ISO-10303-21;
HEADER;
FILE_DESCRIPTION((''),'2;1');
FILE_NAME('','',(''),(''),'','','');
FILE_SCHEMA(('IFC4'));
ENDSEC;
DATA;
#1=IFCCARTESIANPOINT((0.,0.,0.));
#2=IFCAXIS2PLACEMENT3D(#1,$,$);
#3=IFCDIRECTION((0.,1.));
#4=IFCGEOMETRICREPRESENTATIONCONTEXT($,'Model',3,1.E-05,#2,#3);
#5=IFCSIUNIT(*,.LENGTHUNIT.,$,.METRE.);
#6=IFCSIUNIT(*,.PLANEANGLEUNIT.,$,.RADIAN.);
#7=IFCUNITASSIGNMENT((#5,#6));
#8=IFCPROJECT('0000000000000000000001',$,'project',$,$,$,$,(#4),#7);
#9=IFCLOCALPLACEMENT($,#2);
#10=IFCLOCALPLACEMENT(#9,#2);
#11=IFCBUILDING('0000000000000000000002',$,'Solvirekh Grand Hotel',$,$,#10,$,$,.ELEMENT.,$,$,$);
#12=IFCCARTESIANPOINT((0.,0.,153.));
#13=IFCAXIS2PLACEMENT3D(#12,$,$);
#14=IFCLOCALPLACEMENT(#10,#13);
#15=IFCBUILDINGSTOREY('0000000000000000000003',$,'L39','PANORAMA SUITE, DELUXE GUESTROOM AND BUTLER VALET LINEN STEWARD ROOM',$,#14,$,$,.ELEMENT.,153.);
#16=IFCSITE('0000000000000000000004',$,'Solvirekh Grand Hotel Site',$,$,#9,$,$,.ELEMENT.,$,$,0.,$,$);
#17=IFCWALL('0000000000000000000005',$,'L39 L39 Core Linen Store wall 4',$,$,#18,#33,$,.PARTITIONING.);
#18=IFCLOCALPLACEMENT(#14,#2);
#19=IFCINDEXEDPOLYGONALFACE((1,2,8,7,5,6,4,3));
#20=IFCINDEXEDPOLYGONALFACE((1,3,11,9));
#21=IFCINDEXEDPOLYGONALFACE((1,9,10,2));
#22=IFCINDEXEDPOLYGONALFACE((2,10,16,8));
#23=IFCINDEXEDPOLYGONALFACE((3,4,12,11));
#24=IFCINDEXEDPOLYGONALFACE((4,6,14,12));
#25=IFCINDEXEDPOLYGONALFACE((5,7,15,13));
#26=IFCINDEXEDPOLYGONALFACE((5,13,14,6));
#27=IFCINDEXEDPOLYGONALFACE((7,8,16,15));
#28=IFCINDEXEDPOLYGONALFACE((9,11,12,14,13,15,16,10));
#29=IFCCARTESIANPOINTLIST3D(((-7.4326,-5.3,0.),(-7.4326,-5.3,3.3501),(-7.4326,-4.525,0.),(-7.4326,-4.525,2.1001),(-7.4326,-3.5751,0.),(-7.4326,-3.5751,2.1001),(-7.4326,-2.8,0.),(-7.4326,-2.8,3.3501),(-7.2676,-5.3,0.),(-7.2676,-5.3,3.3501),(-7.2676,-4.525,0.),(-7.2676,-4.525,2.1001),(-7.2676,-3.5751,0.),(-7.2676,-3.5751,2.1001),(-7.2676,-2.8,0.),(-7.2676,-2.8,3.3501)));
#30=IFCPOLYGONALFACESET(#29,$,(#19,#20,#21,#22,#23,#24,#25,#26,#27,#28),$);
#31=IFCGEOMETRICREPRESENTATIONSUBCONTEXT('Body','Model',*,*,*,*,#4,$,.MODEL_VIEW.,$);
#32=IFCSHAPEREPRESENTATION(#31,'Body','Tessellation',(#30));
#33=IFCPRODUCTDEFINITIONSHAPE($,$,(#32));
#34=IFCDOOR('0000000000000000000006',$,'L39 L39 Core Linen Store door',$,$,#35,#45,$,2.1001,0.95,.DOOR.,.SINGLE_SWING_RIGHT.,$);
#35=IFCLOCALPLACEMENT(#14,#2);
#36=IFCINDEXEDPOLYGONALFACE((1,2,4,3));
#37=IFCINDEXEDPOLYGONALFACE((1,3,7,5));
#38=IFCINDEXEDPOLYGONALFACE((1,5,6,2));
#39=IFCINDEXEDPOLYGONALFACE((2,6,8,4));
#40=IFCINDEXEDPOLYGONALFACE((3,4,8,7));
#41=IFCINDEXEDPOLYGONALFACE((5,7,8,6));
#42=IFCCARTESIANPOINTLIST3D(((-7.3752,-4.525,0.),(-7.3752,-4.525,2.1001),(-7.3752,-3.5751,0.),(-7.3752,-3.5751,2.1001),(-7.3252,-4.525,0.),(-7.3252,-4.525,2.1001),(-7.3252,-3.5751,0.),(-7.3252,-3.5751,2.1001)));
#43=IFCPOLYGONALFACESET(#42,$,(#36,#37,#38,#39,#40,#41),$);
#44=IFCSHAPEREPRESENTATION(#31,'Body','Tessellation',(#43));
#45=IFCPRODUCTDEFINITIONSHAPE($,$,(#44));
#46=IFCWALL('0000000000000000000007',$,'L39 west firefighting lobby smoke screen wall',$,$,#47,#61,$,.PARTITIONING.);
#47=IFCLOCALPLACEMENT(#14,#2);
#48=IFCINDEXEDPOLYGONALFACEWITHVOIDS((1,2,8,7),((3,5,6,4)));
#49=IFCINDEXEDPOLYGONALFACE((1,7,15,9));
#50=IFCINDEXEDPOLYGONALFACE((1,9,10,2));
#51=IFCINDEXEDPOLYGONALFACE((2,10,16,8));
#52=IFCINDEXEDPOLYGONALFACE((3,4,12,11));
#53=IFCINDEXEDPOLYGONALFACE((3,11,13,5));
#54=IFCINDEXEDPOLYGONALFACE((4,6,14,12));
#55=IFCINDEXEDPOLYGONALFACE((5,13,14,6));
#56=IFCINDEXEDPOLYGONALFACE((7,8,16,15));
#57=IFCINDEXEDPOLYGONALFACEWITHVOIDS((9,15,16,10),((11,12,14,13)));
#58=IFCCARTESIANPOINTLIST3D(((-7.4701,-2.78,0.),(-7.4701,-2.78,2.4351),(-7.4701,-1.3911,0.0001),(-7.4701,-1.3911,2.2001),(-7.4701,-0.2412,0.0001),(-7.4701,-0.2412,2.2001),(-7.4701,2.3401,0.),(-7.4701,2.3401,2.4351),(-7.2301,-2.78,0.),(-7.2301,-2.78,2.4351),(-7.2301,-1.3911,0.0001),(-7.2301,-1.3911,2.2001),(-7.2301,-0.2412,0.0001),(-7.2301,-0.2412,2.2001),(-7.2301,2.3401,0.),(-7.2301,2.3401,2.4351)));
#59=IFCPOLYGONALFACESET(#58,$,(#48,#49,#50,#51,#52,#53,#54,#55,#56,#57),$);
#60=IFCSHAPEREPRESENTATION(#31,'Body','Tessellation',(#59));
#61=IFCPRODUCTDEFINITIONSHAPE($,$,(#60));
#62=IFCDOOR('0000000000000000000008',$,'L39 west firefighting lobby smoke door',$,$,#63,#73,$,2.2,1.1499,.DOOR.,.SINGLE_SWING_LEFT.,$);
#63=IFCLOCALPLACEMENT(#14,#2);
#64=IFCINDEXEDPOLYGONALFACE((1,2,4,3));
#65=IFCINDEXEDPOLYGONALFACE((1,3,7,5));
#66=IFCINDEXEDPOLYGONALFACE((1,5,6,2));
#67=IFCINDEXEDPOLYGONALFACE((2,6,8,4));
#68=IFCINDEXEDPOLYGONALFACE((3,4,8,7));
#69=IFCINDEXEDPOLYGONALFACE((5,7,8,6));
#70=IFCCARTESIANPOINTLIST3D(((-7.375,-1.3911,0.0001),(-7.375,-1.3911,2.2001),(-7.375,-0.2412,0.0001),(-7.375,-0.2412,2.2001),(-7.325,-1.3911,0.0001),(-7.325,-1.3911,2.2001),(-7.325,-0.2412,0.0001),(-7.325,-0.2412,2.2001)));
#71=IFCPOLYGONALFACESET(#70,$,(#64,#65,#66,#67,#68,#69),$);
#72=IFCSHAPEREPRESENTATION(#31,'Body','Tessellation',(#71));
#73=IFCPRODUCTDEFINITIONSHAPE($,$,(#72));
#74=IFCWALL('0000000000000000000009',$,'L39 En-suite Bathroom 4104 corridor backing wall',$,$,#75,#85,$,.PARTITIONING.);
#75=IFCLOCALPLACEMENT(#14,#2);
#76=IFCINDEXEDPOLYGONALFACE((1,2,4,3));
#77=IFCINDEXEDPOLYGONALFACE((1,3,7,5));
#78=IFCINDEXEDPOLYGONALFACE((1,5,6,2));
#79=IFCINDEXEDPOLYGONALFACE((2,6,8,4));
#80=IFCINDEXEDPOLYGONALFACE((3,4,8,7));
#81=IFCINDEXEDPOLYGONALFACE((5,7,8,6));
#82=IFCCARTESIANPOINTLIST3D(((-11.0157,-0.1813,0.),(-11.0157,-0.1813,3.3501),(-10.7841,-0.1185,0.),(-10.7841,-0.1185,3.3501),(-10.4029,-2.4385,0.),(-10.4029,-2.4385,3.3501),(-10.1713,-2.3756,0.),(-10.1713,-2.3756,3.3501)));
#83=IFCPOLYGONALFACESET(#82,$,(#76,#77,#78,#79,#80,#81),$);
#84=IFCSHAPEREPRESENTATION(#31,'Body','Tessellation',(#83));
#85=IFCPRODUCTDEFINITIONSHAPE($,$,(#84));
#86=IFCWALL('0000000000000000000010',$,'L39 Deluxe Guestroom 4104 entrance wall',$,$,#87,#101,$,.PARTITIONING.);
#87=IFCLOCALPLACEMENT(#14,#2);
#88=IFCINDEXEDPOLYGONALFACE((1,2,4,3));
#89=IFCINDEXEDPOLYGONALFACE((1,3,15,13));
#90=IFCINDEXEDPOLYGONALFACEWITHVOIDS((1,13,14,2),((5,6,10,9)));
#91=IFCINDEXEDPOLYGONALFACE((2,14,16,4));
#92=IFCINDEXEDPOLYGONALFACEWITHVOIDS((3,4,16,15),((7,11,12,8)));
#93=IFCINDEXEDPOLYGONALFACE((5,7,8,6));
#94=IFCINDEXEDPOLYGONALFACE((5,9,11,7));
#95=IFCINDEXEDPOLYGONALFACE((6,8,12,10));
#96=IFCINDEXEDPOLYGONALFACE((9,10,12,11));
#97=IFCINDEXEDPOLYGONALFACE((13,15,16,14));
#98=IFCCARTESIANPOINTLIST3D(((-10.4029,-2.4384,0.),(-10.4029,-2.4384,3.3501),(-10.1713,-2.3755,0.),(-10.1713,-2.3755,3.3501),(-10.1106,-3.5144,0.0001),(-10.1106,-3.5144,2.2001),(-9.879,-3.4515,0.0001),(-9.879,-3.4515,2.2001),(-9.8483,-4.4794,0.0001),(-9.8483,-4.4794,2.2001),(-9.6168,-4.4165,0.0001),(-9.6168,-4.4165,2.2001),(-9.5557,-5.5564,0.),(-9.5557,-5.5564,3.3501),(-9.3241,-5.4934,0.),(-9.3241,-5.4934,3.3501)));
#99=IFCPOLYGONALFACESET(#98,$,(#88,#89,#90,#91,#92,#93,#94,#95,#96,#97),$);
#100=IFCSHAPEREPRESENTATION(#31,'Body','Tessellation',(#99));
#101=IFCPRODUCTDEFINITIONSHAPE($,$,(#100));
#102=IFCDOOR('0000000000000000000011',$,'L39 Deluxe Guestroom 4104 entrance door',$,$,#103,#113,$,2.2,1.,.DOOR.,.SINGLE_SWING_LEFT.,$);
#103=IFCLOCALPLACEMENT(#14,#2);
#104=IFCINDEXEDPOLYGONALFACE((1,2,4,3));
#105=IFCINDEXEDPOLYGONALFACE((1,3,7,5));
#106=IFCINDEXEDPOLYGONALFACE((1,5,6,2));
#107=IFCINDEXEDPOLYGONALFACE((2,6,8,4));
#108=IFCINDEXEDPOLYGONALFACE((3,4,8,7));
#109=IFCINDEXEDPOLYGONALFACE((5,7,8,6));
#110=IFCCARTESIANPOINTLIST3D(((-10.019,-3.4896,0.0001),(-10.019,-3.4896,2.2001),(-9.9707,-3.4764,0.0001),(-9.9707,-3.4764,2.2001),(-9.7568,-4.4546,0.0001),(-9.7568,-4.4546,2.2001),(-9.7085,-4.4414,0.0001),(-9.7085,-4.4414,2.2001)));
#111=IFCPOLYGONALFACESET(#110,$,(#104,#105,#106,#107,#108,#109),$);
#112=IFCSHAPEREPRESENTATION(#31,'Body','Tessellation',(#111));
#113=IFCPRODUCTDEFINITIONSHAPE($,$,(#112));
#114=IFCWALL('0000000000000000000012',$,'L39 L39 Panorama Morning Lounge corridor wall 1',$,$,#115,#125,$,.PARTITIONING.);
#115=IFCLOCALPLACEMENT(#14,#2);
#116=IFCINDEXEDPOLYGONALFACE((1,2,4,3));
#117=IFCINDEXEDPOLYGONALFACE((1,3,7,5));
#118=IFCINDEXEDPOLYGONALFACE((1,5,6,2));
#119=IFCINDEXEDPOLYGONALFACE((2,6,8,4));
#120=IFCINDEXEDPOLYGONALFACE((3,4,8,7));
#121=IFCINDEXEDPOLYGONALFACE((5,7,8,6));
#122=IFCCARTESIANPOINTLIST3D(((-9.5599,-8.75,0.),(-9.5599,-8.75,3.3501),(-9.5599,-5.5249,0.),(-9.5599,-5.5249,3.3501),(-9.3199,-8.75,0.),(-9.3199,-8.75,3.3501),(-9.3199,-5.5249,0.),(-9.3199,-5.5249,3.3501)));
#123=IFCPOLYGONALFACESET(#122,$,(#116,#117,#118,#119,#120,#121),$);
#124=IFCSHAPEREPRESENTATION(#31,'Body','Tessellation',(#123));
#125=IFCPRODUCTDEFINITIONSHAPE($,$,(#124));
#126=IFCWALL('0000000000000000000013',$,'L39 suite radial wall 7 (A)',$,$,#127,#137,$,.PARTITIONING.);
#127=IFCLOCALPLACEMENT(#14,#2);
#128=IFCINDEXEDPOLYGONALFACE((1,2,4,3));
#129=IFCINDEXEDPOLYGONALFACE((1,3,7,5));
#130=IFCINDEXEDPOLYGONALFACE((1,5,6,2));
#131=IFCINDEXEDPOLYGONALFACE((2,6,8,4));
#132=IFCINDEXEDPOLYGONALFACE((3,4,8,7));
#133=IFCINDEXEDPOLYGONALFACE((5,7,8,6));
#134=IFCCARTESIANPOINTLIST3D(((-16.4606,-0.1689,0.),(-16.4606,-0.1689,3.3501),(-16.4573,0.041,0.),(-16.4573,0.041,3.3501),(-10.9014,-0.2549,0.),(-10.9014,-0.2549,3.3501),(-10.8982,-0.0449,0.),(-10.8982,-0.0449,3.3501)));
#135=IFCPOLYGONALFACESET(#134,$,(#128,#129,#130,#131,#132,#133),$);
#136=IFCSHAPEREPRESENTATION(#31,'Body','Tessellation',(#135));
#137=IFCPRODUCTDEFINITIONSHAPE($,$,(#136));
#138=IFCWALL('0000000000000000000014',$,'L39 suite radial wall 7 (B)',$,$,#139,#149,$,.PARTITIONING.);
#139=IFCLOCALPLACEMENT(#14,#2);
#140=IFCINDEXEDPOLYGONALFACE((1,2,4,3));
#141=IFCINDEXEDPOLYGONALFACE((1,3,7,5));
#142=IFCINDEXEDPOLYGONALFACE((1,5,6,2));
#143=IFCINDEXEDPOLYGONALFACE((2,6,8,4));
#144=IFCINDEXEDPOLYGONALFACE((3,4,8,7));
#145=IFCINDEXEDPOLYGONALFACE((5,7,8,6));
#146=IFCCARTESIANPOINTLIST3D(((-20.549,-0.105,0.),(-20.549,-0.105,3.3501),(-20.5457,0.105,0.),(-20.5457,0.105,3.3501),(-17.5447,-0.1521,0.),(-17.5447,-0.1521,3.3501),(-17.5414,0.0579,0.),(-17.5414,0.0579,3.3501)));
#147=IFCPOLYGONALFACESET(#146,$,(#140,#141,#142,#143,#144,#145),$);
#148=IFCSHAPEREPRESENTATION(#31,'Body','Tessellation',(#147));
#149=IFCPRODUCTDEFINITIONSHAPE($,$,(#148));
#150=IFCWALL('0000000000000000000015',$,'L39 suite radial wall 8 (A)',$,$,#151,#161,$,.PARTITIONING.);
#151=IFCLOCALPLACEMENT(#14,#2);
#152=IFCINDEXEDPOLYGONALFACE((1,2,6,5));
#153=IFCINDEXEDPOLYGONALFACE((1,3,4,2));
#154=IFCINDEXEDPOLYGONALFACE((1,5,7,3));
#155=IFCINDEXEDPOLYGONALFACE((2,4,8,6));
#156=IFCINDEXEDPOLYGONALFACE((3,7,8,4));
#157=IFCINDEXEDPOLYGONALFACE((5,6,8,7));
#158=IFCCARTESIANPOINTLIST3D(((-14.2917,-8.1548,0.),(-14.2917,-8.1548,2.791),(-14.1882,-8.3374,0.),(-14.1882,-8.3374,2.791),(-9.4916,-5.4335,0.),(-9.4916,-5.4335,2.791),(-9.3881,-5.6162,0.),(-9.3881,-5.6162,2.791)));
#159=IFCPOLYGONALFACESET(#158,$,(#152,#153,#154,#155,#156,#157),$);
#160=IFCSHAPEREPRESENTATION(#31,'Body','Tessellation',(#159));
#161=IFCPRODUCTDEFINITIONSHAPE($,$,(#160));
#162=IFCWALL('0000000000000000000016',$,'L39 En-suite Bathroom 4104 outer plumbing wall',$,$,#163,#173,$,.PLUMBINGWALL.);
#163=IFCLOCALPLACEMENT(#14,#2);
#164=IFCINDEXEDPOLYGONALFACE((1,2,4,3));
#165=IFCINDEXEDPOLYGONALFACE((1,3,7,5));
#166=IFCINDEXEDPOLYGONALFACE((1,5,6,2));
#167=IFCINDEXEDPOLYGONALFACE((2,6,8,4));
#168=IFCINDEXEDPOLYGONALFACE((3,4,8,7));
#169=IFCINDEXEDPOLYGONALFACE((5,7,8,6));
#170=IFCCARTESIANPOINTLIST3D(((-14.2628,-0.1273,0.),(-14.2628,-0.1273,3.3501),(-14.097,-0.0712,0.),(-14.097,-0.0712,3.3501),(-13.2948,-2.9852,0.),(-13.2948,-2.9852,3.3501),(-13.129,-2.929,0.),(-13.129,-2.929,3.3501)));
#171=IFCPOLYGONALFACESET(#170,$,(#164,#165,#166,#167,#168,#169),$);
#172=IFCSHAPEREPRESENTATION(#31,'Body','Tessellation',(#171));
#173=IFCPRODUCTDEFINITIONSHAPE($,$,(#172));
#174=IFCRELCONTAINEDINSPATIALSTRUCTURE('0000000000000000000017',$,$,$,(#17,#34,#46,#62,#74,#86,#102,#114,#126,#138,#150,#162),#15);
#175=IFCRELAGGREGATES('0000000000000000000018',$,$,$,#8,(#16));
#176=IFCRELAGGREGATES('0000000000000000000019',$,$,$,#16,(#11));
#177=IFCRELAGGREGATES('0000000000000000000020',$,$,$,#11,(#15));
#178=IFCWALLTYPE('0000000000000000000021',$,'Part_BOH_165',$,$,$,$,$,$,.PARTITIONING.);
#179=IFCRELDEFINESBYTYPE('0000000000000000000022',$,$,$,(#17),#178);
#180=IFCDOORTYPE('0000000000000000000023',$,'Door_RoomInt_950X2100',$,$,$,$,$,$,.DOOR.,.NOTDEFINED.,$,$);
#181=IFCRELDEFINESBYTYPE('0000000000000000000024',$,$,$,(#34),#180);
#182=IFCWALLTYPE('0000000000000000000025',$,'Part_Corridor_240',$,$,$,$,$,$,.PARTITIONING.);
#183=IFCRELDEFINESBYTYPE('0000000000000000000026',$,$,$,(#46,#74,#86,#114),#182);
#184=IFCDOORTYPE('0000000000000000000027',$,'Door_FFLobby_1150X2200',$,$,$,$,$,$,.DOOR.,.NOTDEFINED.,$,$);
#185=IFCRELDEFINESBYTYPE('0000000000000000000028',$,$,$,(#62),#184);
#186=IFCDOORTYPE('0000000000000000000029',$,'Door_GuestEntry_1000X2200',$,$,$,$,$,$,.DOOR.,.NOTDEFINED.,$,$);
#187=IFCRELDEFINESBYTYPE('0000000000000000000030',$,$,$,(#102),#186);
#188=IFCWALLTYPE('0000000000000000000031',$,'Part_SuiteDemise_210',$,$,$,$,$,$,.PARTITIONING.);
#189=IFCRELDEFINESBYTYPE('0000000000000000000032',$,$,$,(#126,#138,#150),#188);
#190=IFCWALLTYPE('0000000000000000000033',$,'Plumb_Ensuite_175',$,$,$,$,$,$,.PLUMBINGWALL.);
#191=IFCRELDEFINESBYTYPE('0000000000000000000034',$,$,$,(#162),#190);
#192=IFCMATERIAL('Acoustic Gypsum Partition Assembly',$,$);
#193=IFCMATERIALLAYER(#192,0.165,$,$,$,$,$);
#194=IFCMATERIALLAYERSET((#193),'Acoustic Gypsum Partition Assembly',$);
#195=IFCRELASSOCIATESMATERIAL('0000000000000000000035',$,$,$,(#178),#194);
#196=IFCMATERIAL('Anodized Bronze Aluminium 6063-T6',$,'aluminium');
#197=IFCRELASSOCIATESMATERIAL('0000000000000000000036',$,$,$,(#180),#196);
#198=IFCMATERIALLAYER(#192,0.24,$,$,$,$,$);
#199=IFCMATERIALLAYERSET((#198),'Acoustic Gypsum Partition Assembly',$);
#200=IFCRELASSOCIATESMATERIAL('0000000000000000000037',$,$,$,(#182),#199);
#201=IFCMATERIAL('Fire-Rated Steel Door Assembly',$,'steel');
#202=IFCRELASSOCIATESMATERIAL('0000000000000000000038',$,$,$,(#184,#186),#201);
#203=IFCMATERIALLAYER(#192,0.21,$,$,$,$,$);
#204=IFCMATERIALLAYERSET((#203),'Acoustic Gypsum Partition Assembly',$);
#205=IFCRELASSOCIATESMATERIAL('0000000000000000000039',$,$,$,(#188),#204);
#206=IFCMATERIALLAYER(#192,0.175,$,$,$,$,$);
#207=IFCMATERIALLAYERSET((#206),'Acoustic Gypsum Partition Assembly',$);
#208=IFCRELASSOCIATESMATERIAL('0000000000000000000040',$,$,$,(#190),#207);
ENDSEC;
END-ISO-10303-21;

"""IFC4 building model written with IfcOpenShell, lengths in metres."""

from ifc_helpers import new_model, si_unit, direction, frame, frame_2d, origin, place, context, subcontext, project, spatial, rectangle, extrude, material, layer, layer_set, type_object, element, fill, save


model = new_model("IFC4")

# Units and contexts
model_context = context("Model", 3, precision=1e-05, world=origin(), true_north=direction((0.0, 1.0)))
body_context = subcontext(model_context, "Body", "Model", "MODEL_VIEW")
ifc_project = project(units=[si_unit("LENGTHUNIT", "METRE"), si_unit("PLANEANGLEUNIT", "RADIAN")], contexts=[model_context])

# Site, building, storey
site_placement = place(None, origin())
site = spatial("IfcSite", under=ifc_project, at=site_placement, Name="Solvirekh Grand Hotel Site", CompositionType="ELEMENT", RefElevation=0.0)
building_placement = place(site_placement, origin())
building = spatial("IfcBuilding", under=site, at=building_placement, Name="Solvirekh Grand Hotel", CompositionType="ELEMENT")
storey_placement = place(building_placement, frame((0.0, 0.0, 153.0)))
storey = spatial("IfcBuildingStorey", under=building, at=storey_placement, Name="L39", Description="PANORAMA SUITE, DELUXE GUESTROOM AND BUTLER VALET LINEN STEWARD ROOM", CompositionType="ELEMENT", Elevation=153.0)

# Shared definitions
ifc_material_1 = material(Name="Anodized Bronze Aluminium 6063-T6", Category="aluminium")

# Shared definitions
ifc_material_2 = material(Name="Acoustic Gypsum Partition Assembly")
ifc_layer_1 = layer(ifc_material_2, 0.165)
ifc_layer_set_1 = layer_set([ifc_layer_1], Name="Acoustic Gypsum Partition Assembly")
wall_type_1 = type_object("IfcWallType", Name="Part_BOH_165", PredefinedType="PARTITIONING", material=ifc_layer_set_1)

# Walls, openings, doors
wall_1_placement = place(storey_placement, frame((-7.3501, -2.8, 0.0), z_axis=(0.0, 0.0, 1.0), x_axis=(0.0, -1.0, 0.0)))
wall_1 = element("IfcWall", 1, at=wall_1_placement, inside=storey, type_object=wall_type_1, Name="L39 L39 Core Linen Store wall 4", PredefinedType="PARTITIONING", context=body_context, shape_type="SweptSolid", body=[
    extrude(rectangle(XDim=2.5, YDim=0.165, at=frame_2d((1.25, 0.0))), origin(), (0.0, 0.0, 1.0), 3.3501),
])
opening_1_placement = place(wall_1_placement, frame((0.7749, 0.0, 0.0)))
opening_1 = element("IfcOpeningElement", 2, at=opening_1_placement, cuts=wall_1, PredefinedType="OPENING", context=body_context, shape_type="SweptSolid", body=[
    extrude(rectangle(XDim=0.95, YDim=2.1001, at=frame_2d((0.4751, 1.05))), frame((0.0, 0.0925, 0.0), z_axis=(0.0, -1.0, 0.0), x_axis=(1.0, 0.0, 0.0)), (0.0, 0.0, 1.0), 0.1851),
])
door_type_1 = type_object("IfcDoorType", Name="Door_RoomInt_950X2100", OperationType="NOTDEFINED", PredefinedType="DOOR", material=ifc_material_1)
door_1_placement = place(opening_1_placement, origin())
door_1 = element("IfcDoor", 3, at=door_1_placement, inside=storey, type_object=door_type_1, Name="L39 L39 Core Linen Store door", OperationType="SINGLE_SWING_RIGHT", OverallHeight=2.1001, OverallWidth=0.95, PredefinedType="DOOR", context=body_context, shape_type="SweptSolid", body=[
    extrude(rectangle(XDim=0.95, YDim=2.1001, at=frame_2d((0.4751, 1.05))), frame((0.0, 0.0249, 0.0), z_axis=(0.0, -1.0, 0.0), x_axis=(1.0, 0.0, 0.0)), (0.0, 0.0, 1.0), 0.05),
])
fill(opening_1, door_1)
ifc_layer_2 = layer(ifc_material_2, 0.24)
ifc_layer_set_2 = layer_set([ifc_layer_2], Name="Acoustic Gypsum Partition Assembly")
wall_type_2 = type_object("IfcWallType", Name="Part_Corridor_240", PredefinedType="PARTITIONING", material=ifc_layer_set_2)
wall_2_placement = place(storey_placement, frame((-7.3501, -2.78, 0.0), z_axis=(0.0, 0.0, 1.0), x_axis=(0.0, 1.0, 0.0)))
wall_2 = element("IfcWall", 4, at=wall_2_placement, inside=storey, type_object=wall_type_2, Name="L39 west firefighting lobby smoke screen wall", PredefinedType="PARTITIONING", context=body_context, shape_type="SweptSolid", body=[
    extrude(rectangle(XDim=5.1201, YDim=0.24, at=frame_2d((2.5601, 0.0))), origin(), (0.0, 0.0, 1.0), 2.4351),
])
opening_2_placement = place(wall_2_placement, frame((1.3889, 0.0, 0.0)))
opening_2 = element("IfcOpeningElement", 5, at=opening_2_placement, cuts=wall_2, PredefinedType="OPENING", context=body_context, shape_type="SweptSolid", body=[
    extrude(rectangle(XDim=1.1499, YDim=2.2, at=frame_2d((0.575, 1.1001))), frame((0.0, 0.1299, 0.0), z_axis=(0.0, -1.0, 0.0), x_axis=(1.0, 0.0, 0.0)), (0.0, 0.0, 1.0), 0.26),
])
ifc_material_3 = material(Name="Fire-Rated Steel Door Assembly", Category="steel")
door_type_2 = type_object("IfcDoorType", Name="Door_FFLobby_1150X2200", OperationType="NOTDEFINED", PredefinedType="DOOR", material=ifc_material_3)
door_2_placement = place(opening_2_placement, origin())
door_2 = element("IfcDoor", 6, at=door_2_placement, inside=storey, type_object=door_type_2, Name="L39 west firefighting lobby smoke door", OperationType="SINGLE_SWING_LEFT", OverallHeight=2.2, OverallWidth=1.1499, PredefinedType="DOOR", context=body_context, shape_type="SweptSolid", body=[
    extrude(rectangle(XDim=1.1499, YDim=2.2, at=frame_2d((0.575, 1.1001))), frame((0.0, 0.0249, 0.0), z_axis=(0.0, -1.0, 0.0), x_axis=(1.0, 0.0, 0.0)), (0.0, 0.0, 1.0), 0.05),
])
fill(opening_2, door_2)

# Wall
wall_3_placement = place(storey_placement, frame((-10.8999, -0.1499, 0.0), z_axis=(0.0, 0.0, 1.0), x_axis=(0.262013, -0.965064, 0.0)))
element("IfcWall", 7, at=wall_3_placement, inside=storey, type_object=wall_type_2, Name="L39 En-suite Bathroom 4104 corridor backing wall", PredefinedType="PARTITIONING", context=body_context, shape_type="SweptSolid", body=[
    extrude(rectangle(XDim=2.3389, YDim=0.24, at=frame_2d((1.1694, 0.0))), origin(), (0.0, 0.0, 1.0), 3.3501),
])

# Wall, opening, door
wall_4_placement = place(storey_placement, frame((-10.2871, -2.407, 0.0), z_axis=(0.0, 0.0, 1.0), x_axis=(0.262203, -0.965013, 0.0)))
wall_4 = element("IfcWall", 8, at=wall_4_placement, inside=storey, type_object=wall_type_2, Name="L39 Deluxe Guestroom 4104 entrance wall", PredefinedType="PARTITIONING", context=body_context, shape_type="SweptSolid", body=[
    extrude(rectangle(XDim=3.231, YDim=0.24, at=frame_2d((1.6155, 0.0))), origin(), (0.0, 0.0, 1.0), 3.3501),
])
opening_3_placement = place(wall_4_placement, frame((1.115, 0.0, 0.0)))
opening_3 = element("IfcOpeningElement", 9, at=opening_3_placement, cuts=wall_4, PredefinedType="OPENING", context=body_context, shape_type="SweptSolid", body=[
    extrude(rectangle(XDim=1.0, YDim=2.2, at=frame_2d((0.5, 1.1001))), frame((0.0, 0.1299, 0.0), z_axis=(0.0, -1.0, 0.0), x_axis=(1.0, 0.0, 0.0)), (0.0, 0.0, 1.0), 0.26),
])
door_type_3 = type_object("IfcDoorType", Name="Door_GuestEntry_1000X2200", OperationType="NOTDEFINED", PredefinedType="DOOR", material=ifc_material_3)
door_3_placement = place(opening_3_placement, origin())
door_3 = element("IfcDoor", 10, at=door_3_placement, inside=storey, type_object=door_type_3, Name="L39 Deluxe Guestroom 4104 entrance door", OperationType="SINGLE_SWING_LEFT", OverallHeight=2.2, OverallWidth=1.0, PredefinedType="DOOR", context=body_context, shape_type="SweptSolid", body=[
    extrude(rectangle(XDim=1.0, YDim=2.2, at=frame_2d((0.5, 1.1001))), frame((0.0, 0.0249, 0.0), z_axis=(0.0, -1.0, 0.0), x_axis=(1.0, 0.0, 0.0)), (0.0, 0.0, 1.0), 0.05),
])
fill(opening_3, door_3)

# Walls
wall_5_placement = place(storey_placement, frame((-9.4399, -5.5249, 0.0), z_axis=(0.0, 0.0, 1.0), x_axis=(0.0, -1.0, 0.0)))
element("IfcWall", 11, at=wall_5_placement, inside=storey, type_object=wall_type_2, Name="L39 L39 Panorama Morning Lounge corridor wall 1", PredefinedType="PARTITIONING", context=body_context, shape_type="SweptSolid", body=[
    extrude(rectangle(XDim=3.2251, YDim=0.24, at=frame_2d((1.6125, 0.0))), origin(), (0.0, 0.0, 1.0), 3.3501),
])
ifc_layer_3 = layer(ifc_material_2, 0.21)
ifc_layer_set_3 = layer_set([ifc_layer_3], Name="Acoustic Gypsum Partition Assembly")
wall_type_3 = type_object("IfcWallType", Name="Part_SuiteDemise_210", PredefinedType="PARTITIONING", material=ifc_layer_set_3)
wall_6_placement = place(storey_placement, frame((-10.8999, -0.1499, 0.0), z_axis=(0.0, 0.0, 1.0), x_axis=(-0.999881, 0.015457, 0.0)))
element("IfcWall", 12, at=wall_6_placement, inside=storey, type_object=wall_type_3, Name="L39 suite radial wall 7 (A)", PredefinedType="PARTITIONING", context=body_context, shape_type="SweptSolid", body=[
    extrude(rectangle(XDim=5.5598, YDim=0.21, at=frame_2d((2.7798, 0.0))), origin(), (0.0, 0.0, 1.0), 3.3501),
])
wall_7_placement = place(storey_placement, frame((-17.543, -0.0471, 0.0), z_axis=(0.0, 0.0, 1.0), x_axis=(-0.999877, 0.015683, 0.0)))
element("IfcWall", 13, at=wall_7_placement, inside=storey, type_object=wall_type_3, Name="L39 suite radial wall 7 (B)", PredefinedType="PARTITIONING", context=body_context, shape_type="SweptSolid", body=[
    extrude(rectangle(XDim=3.0046, YDim=0.21, at=frame_2d((1.5024, 0.0))), origin(), (0.0, 0.0, 1.0), 3.3501),
])
wall_8_placement = place(storey_placement, frame((-9.4399, -5.5249, 0.0), z_axis=(0.0, 0.0, 1.0), x_axis=(-0.869932, -0.493172, 0.0)))
element("IfcWall", 14, at=wall_8_placement, inside=storey, type_object=wall_type_3, Name="L39 suite radial wall 8 (A)", PredefinedType="PARTITIONING", context=body_context, shape_type="SweptSolid", body=[
    extrude(rectangle(XDim=5.5178, YDim=0.21, at=frame_2d((2.7588, 0.0))), origin(), (0.0, 0.0, 1.0), 2.791),
])
ifc_layer_4 = layer(ifc_material_2, 0.175)
ifc_layer_set_4 = layer_set([ifc_layer_4], Name="Acoustic Gypsum Partition Assembly")
wall_type_4 = type_object("IfcWallType", Name="Plumb_Ensuite_175", PredefinedType="PLUMBINGWALL", material=ifc_layer_set_4)
wall_9_placement = place(storey_placement, frame((-14.1799, -0.0991, 0.0), z_axis=(0.0, 0.0, 1.0), x_axis=(0.320812, -0.947143, 0.0)))
element("IfcWall", 15, at=wall_9_placement, inside=storey, type_object=wall_type_4, Name="L39 En-suite Bathroom 4104 outer plumbing wall", PredefinedType="PLUMBINGWALL", context=body_context, shape_type="SweptSolid", body=[
    extrude(rectangle(XDim=3.0173, YDim=0.175, at=frame_2d((1.5088, 0.0))), origin(), (0.0, 0.0, 1.0), 3.3501),
])

save(model, "model.ifc")
